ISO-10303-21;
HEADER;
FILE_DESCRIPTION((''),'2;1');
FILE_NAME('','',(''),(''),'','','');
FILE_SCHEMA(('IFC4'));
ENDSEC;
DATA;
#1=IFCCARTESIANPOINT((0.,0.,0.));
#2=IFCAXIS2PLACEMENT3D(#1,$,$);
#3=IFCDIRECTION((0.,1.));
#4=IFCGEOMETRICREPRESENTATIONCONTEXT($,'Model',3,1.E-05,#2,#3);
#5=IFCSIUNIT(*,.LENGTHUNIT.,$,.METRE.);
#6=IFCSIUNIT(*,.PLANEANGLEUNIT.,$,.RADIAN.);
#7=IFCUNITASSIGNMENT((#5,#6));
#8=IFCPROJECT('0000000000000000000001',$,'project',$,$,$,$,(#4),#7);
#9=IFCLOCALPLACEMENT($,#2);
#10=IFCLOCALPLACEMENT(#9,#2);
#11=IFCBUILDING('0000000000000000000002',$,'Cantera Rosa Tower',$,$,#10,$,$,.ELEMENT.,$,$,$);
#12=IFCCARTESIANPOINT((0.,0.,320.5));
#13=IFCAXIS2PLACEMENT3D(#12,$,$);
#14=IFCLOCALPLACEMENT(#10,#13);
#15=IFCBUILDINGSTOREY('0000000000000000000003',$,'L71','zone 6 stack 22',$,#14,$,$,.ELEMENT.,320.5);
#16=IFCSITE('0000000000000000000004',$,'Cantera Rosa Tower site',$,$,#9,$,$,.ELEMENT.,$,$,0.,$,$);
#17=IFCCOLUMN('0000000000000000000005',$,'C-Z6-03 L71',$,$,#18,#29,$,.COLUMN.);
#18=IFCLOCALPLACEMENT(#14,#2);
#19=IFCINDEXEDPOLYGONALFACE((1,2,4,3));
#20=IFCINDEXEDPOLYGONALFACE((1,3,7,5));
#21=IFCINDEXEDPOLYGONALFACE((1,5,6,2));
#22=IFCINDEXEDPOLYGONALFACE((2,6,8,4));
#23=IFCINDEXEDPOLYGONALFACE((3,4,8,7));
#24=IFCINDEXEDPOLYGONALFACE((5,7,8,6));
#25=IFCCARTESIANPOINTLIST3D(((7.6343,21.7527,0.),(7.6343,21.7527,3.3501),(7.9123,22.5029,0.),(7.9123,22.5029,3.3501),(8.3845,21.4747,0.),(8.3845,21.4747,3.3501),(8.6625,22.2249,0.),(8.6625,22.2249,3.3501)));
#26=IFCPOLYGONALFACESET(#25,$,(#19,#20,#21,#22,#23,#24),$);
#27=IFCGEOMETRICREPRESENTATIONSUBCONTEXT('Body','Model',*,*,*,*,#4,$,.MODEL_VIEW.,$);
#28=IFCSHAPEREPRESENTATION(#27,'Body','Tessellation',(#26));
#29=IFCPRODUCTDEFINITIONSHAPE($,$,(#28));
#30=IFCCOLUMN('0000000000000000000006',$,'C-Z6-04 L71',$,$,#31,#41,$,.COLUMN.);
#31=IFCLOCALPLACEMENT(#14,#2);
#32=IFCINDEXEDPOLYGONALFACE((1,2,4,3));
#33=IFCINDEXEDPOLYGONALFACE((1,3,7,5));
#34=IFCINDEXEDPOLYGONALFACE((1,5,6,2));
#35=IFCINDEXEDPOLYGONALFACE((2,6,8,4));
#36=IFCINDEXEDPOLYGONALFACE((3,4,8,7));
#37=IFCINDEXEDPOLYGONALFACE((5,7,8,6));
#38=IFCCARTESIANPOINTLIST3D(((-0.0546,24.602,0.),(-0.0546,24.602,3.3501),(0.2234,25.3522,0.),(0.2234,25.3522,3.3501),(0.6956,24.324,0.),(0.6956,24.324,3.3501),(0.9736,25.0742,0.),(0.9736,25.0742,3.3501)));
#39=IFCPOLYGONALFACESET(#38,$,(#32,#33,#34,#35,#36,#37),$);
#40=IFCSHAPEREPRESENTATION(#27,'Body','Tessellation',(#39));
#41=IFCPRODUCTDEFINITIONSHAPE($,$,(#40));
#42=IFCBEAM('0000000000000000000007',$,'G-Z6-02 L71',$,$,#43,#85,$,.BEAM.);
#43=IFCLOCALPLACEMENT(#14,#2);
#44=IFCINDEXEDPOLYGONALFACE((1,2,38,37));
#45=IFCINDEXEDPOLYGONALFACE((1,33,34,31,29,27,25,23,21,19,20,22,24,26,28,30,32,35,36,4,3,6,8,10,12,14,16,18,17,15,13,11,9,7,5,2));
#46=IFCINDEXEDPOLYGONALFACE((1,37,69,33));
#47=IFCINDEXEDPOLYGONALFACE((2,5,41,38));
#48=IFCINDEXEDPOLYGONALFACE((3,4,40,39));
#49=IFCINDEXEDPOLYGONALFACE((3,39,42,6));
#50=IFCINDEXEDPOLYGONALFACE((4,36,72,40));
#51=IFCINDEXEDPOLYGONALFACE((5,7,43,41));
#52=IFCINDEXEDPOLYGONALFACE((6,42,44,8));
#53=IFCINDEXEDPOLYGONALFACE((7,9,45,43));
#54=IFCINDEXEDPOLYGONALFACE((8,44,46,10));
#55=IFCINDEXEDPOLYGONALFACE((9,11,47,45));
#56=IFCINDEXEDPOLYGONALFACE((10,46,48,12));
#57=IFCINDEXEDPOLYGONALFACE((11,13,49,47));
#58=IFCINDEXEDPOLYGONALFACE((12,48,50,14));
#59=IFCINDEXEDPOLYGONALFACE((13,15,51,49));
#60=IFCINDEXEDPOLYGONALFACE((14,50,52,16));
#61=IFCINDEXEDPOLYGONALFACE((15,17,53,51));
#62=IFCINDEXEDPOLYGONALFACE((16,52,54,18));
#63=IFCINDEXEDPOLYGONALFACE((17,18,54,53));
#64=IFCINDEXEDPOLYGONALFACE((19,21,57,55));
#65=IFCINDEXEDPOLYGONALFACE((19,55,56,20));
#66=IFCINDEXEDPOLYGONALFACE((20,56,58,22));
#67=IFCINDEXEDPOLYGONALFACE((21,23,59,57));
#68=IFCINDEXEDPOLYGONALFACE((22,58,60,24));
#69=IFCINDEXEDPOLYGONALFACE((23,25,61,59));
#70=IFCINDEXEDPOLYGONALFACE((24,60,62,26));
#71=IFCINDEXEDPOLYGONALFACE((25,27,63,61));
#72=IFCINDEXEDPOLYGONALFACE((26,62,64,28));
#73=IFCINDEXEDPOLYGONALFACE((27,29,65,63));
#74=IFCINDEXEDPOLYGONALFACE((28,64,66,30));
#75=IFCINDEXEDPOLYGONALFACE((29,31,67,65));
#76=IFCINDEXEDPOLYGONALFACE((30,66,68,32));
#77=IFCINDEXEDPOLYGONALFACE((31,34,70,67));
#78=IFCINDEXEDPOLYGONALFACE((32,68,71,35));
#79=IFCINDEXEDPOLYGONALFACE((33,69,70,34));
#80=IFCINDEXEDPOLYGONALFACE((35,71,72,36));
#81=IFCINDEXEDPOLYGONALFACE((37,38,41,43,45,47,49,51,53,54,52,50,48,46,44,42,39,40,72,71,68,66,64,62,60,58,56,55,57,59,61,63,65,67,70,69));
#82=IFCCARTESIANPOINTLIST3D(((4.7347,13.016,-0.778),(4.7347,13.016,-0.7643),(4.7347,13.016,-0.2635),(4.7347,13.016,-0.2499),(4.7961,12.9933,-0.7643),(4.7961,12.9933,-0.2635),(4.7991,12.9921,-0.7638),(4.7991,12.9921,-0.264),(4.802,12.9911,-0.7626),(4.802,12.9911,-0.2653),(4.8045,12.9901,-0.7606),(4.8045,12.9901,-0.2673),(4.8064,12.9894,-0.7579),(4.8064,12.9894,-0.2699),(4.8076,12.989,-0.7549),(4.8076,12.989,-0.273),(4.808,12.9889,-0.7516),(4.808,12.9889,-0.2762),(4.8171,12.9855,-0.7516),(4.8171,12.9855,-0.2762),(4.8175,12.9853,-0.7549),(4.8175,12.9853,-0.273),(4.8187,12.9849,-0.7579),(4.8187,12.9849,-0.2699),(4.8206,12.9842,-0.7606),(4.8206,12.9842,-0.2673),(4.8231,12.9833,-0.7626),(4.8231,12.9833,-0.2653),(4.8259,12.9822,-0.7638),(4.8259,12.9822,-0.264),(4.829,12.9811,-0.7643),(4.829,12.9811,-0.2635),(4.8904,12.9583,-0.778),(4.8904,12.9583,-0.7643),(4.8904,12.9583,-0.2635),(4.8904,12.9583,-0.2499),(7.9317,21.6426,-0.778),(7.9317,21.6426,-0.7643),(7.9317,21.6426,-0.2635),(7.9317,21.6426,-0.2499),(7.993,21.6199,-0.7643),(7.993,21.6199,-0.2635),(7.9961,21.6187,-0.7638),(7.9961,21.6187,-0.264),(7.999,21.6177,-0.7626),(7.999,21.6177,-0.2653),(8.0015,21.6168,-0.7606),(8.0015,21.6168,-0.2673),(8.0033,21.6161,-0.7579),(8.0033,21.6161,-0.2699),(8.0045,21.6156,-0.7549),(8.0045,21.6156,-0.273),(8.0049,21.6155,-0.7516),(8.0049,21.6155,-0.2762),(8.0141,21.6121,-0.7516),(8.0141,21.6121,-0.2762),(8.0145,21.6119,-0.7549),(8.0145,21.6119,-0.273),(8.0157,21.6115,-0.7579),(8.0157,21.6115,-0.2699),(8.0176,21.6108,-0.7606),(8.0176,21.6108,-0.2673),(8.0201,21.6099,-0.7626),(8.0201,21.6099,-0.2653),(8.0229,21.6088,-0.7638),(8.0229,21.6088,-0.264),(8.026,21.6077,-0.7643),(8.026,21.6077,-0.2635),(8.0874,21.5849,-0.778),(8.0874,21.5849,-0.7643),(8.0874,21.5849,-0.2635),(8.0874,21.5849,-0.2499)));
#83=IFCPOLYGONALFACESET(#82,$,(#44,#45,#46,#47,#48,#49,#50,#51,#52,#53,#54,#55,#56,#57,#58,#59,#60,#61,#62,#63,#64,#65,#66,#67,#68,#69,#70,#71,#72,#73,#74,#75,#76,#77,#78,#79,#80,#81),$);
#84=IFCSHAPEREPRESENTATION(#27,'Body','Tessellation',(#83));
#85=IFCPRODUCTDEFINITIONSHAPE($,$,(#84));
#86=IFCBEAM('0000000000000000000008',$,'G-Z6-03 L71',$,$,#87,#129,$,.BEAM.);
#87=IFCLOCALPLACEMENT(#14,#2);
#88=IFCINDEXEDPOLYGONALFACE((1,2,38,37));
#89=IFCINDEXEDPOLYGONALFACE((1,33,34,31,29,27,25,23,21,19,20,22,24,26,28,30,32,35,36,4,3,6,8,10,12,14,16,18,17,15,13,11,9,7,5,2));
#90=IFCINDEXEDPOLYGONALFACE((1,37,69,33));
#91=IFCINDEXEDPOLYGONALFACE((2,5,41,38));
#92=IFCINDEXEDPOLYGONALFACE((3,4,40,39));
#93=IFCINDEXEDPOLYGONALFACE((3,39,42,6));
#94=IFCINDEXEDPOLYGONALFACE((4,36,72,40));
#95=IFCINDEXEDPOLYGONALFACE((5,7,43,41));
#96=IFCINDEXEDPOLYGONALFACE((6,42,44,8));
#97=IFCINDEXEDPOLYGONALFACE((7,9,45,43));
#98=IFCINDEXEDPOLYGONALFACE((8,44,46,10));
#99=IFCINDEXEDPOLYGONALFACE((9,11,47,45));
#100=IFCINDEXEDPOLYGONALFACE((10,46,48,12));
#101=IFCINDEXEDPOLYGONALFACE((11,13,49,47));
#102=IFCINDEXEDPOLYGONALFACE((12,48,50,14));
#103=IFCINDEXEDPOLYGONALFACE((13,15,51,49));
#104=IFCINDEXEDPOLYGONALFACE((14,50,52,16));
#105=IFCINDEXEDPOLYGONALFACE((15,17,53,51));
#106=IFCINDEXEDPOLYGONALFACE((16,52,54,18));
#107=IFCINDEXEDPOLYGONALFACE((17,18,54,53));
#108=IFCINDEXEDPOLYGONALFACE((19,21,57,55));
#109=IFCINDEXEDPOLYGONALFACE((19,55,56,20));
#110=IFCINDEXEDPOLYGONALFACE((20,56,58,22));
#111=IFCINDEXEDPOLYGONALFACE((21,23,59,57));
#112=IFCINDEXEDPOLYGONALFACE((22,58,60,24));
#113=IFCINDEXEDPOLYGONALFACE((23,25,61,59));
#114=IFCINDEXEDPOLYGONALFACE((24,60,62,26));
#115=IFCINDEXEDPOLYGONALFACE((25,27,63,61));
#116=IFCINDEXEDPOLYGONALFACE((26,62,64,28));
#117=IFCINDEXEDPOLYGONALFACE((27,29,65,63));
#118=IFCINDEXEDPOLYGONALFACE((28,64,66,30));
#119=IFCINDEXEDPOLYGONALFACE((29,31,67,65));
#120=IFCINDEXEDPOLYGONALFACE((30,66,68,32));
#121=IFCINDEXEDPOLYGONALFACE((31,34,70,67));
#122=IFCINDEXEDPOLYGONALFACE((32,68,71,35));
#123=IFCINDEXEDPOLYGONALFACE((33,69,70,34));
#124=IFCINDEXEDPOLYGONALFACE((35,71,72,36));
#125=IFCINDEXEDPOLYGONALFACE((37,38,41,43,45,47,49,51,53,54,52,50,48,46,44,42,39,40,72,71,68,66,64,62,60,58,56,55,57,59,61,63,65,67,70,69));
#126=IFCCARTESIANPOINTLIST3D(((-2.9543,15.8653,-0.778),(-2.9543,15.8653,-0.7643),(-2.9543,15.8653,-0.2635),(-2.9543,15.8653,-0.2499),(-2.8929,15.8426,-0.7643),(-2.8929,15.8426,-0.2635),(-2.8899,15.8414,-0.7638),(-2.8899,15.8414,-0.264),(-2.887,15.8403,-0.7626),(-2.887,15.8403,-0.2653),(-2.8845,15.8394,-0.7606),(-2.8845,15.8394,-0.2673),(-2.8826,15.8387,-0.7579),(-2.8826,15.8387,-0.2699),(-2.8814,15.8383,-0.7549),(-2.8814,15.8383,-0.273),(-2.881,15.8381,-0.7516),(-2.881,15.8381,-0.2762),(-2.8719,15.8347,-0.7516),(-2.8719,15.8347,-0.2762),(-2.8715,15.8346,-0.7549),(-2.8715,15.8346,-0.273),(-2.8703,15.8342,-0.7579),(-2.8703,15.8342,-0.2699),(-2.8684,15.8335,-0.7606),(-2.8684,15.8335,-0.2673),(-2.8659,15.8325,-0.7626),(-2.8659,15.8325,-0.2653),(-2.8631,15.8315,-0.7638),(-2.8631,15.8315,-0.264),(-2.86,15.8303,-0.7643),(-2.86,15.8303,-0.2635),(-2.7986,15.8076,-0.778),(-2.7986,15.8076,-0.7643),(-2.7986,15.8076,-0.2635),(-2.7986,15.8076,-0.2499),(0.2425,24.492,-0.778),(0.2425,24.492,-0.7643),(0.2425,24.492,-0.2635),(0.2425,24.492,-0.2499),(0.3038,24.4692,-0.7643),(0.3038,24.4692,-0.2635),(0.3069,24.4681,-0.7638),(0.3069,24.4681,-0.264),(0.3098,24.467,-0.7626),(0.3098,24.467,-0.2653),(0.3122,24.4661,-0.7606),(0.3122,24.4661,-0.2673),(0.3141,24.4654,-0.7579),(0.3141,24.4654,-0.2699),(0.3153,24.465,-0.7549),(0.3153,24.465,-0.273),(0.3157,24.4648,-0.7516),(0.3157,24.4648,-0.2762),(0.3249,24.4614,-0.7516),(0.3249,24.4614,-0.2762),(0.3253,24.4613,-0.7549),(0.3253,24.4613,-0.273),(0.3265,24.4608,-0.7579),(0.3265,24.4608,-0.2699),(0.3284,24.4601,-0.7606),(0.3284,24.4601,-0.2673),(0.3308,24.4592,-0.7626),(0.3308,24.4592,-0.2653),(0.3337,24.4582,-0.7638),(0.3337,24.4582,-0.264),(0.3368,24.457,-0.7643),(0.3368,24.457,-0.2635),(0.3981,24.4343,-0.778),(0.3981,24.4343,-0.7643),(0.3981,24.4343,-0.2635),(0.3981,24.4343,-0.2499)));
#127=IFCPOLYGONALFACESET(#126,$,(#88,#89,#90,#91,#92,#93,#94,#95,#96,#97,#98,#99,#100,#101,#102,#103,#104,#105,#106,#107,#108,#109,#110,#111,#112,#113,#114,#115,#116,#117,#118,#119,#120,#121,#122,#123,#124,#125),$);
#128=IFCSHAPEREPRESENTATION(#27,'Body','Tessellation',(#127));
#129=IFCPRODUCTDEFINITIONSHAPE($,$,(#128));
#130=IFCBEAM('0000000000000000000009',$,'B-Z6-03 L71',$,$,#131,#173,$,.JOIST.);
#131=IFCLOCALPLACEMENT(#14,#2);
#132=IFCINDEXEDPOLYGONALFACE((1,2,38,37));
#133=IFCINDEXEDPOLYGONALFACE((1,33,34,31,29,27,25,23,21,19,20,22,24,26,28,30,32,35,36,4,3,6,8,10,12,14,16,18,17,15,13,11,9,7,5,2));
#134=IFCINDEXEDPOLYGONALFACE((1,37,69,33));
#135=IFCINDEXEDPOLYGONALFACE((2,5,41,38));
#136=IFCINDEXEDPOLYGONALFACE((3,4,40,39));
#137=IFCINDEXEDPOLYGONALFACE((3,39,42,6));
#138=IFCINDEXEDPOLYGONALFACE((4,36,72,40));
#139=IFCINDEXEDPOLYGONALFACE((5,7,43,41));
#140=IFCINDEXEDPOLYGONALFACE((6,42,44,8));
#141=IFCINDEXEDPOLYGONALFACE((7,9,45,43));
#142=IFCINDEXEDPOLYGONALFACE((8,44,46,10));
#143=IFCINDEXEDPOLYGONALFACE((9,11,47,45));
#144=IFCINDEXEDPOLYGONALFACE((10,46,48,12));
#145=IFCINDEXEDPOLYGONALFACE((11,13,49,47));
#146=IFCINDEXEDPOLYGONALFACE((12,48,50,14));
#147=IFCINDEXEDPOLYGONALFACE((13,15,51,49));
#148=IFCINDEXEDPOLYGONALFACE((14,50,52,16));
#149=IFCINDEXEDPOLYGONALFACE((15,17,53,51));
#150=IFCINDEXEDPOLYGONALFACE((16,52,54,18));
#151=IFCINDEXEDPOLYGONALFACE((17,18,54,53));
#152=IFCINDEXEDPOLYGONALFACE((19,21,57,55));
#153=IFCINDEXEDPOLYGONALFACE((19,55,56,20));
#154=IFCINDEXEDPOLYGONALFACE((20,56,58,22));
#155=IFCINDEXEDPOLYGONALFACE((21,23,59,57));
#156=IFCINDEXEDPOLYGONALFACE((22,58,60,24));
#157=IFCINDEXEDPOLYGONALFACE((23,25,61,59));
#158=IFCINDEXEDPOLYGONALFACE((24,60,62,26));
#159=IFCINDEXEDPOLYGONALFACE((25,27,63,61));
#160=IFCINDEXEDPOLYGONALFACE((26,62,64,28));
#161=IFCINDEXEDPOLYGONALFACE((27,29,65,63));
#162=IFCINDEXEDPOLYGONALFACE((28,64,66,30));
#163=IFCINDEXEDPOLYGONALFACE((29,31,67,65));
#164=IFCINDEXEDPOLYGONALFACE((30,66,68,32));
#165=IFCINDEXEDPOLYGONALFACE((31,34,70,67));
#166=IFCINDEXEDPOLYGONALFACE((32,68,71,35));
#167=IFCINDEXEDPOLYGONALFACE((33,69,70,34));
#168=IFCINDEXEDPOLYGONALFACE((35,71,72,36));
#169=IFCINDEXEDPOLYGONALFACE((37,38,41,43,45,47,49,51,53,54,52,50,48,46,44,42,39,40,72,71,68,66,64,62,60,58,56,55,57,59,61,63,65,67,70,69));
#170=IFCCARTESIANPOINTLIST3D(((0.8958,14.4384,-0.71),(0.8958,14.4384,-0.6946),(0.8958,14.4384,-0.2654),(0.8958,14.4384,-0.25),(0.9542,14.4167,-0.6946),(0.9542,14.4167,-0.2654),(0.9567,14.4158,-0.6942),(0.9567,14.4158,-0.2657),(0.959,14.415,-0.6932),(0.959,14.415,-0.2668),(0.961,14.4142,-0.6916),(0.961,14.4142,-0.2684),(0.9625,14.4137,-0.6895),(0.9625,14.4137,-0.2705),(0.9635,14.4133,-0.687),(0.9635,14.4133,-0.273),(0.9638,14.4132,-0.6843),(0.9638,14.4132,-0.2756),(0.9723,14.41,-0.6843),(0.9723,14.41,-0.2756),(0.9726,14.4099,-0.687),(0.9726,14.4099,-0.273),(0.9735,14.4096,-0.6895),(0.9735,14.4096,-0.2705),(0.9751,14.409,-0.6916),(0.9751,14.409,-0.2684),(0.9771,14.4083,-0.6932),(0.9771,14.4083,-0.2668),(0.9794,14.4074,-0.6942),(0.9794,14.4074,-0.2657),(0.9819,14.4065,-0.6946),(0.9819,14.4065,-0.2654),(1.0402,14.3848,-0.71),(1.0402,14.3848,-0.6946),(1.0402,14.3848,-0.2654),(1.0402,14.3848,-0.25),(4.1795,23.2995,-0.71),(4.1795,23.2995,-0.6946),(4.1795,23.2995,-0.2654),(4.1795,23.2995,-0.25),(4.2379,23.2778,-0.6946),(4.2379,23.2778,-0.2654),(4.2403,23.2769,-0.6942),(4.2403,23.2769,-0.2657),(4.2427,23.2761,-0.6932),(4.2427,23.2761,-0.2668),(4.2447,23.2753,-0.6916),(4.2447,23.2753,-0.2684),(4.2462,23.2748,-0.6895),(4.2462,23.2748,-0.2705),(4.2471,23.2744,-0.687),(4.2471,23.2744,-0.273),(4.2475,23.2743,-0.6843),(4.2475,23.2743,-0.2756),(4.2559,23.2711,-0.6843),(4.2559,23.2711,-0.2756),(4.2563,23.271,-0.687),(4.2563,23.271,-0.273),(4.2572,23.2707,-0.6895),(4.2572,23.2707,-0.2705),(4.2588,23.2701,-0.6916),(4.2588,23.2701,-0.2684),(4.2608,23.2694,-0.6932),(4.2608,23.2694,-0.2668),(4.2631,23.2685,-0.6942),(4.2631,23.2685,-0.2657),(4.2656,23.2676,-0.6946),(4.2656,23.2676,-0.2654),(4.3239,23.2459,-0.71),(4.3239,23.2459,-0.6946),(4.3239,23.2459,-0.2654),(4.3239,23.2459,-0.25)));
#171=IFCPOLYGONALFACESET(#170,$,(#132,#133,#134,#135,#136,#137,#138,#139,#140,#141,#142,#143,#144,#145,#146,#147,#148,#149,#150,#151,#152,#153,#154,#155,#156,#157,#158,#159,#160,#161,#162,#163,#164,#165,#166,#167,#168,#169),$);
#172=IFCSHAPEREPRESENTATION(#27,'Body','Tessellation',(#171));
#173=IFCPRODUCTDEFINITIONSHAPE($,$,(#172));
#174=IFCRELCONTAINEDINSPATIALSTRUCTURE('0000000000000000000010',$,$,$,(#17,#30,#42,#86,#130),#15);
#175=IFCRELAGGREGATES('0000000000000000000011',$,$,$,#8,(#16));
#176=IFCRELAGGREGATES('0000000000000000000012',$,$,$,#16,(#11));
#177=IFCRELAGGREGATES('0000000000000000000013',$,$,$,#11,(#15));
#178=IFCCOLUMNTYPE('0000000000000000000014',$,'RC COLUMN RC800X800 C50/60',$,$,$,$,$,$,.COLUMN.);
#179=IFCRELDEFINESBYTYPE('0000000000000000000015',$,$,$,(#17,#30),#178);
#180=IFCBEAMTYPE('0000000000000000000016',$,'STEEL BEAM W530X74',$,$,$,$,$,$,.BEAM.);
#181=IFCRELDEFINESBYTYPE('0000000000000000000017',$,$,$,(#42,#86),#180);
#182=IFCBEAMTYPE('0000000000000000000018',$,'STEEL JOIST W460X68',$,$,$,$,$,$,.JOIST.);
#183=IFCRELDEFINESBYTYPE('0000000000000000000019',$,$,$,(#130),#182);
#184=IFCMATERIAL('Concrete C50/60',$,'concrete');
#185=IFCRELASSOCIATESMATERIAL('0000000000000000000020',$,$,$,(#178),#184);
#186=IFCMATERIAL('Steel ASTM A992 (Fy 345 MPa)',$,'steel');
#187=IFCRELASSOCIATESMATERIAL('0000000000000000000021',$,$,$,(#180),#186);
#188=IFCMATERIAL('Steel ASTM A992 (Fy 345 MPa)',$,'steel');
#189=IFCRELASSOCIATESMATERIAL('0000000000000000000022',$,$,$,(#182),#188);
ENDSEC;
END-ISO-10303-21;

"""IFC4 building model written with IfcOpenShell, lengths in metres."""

from ifc_helpers import new_model, si_unit, direction, frame, origin, origin_2d, place, context, subcontext, project, spatial, rectangle, i_section, extrude, material, material_profile, profile_set, type_object, element, save


model = new_model("IFC4")

# Units and contexts
model_context = context("Model", 3, precision=1e-05, world=origin(), true_north=direction((0.0, 1.0)))
body_context = subcontext(model_context, "Body", "Model", "MODEL_VIEW")
ifc_project = project(units=[si_unit("LENGTHUNIT", "METRE"), si_unit("PLANEANGLEUNIT", "RADIAN")], contexts=[model_context])

# Site, building, storey
site_placement = place(None, origin())
site = spatial("IfcSite", under=ifc_project, at=site_placement, Name="Cantera Rosa Tower site", CompositionType="ELEMENT", RefElevation=0.0)
building_placement = place(site_placement, origin())
building = spatial("IfcBuilding", under=site, at=building_placement, Name="Cantera Rosa Tower", CompositionType="ELEMENT")
storey_placement = place(building_placement, frame((0.0, 0.0, 320.5)))
storey = spatial("IfcBuildingStorey", under=building, at=storey_placement, Name="L71", Description="zone 6 stack 22", CompositionType="ELEMENT", Elevation=320.5)

# Columns
ifc_material_1 = material(Name="Concrete C50/60", Category="concrete")
ifc_material_profile_1 = material_profile(ifc_material_1, rectangle(XDim=0.8, YDim=0.8, at=origin_2d()), Name="RC COLUMN RC800X800 C50/60")
ifc_profile_set_1 = profile_set([ifc_material_profile_1], Name="Concrete C50/60")
column_type = type_object("IfcColumnType", Name="RC COLUMN RC800X800 C50/60", PredefinedType="COLUMN", material=ifc_profile_set_1)
for number, where, z_axis, x_axis, name in (
    (1, (8.1484, 21.9888, 0.0), (0.0, 0.0, 1.0), (0.347481, 0.937687, 0.0), "C-Z6-03 L71"),
    (2, (0.4595, 24.8381, 0.0), (0.0, 0.0, 1.0), (0.347481, 0.937687, 0.0), "C-Z6-04 L71"),
):
    element("IfcColumn", number, at=place(storey_placement, frame(where, z_axis=z_axis, x_axis=x_axis)), inside=storey, type_object=column_type, Name=name, PredefinedType="COLUMN", context=body_context, shape_type="SweptSolid", body=[
        extrude(rectangle(XDim=0.8, YDim=0.8, at=origin_2d()), origin(), (0.0, 0.0, 1.0), 3.3501),
    ])

# Beams
ifc_material_2 = material(Name="Steel ASTM A992 (Fy 345 MPa)", Category="steel")
ifc_material_profile_2 = material_profile(ifc_material_2, i_section(OverallWidth=0.166, OverallDepth=0.5281, WebThickness=0.0098, FlangeThickness=0.0137, FilletRadius=0.0127, at=origin_2d()), Name="W530X74")
ifc_profile_set_2 = profile_set([ifc_material_profile_2], Name="Steel ASTM A992 (Fy 345 MPa)")
beam_type_1 = type_object("IfcBeamType", Name="STEEL BEAM W530X74", PredefinedType="BEAM", material=ifc_profile_set_2)
for number, where, z_axis, x_axis, name in (
    (3, (8.0095, 21.6138, -0.5139), (-0.3475, -0.93768, 0.0), (0.93768, -0.3475, 0.0), "G-Z6-02 L71"),
    (4, (0.3203, 24.4631, -0.5139), (-0.347477, -0.937689, 0.0), (0.937689, -0.347477, 0.0), "G-Z6-03 L71"),
):
    element("IfcBeam", number, at=place(storey_placement, frame(where, z_axis=z_axis, x_axis=x_axis)), inside=storey, type_object=beam_type_1, Name=name, PredefinedType="BEAM", context=body_context, shape_type="SweptSolid", body=[
        extrude(i_section(OverallWidth=0.166, OverallDepth=0.5281, WebThickness=0.0098, FlangeThickness=0.0137, FilletRadius=0.0127, at=origin_2d()), origin(), (0.0, 0.0, 1.0), 9.2),
    ])
ifc_material_3 = material(Name="Steel ASTM A992 (Fy 345 MPa)", Category="steel")
ifc_material_profile_3 = material_profile(ifc_material_3, i_section(OverallWidth=0.1541, OverallDepth=0.46, WebThickness=0.009, FlangeThickness=0.0154, FilletRadius=0.0103, at=origin_2d()), Name="W460X68")
ifc_profile_set_3 = profile_set([ifc_material_profile_3], Name="Steel ASTM A992 (Fy 345 MPa)")
beam_type_2 = type_object("IfcBeamType", Name="STEEL JOIST W460X68", PredefinedType="JOIST", material=ifc_profile_set_3)
beam_1_placement = place(storey_placement, frame((4.2517, 23.2727, -0.48), z_axis=(-0.347483, -0.937686, 0.0), x_axis=(0.937686, -0.347483, 0.0)))
element("IfcBeam", 5, at=beam_1_placement, inside=storey, type_object=beam_type_2, Name="B-Z6-03 L71", PredefinedType="JOIST", context=body_context, shape_type="SweptSolid", body=[
    extrude(i_section(OverallWidth=0.1541, OverallDepth=0.46, WebThickness=0.009, FlangeThickness=0.0154, FilletRadius=0.0103, at=origin_2d()), origin(), (0.0, 0.0, 1.0), 9.45),
])

save(model, "model.ifc")
